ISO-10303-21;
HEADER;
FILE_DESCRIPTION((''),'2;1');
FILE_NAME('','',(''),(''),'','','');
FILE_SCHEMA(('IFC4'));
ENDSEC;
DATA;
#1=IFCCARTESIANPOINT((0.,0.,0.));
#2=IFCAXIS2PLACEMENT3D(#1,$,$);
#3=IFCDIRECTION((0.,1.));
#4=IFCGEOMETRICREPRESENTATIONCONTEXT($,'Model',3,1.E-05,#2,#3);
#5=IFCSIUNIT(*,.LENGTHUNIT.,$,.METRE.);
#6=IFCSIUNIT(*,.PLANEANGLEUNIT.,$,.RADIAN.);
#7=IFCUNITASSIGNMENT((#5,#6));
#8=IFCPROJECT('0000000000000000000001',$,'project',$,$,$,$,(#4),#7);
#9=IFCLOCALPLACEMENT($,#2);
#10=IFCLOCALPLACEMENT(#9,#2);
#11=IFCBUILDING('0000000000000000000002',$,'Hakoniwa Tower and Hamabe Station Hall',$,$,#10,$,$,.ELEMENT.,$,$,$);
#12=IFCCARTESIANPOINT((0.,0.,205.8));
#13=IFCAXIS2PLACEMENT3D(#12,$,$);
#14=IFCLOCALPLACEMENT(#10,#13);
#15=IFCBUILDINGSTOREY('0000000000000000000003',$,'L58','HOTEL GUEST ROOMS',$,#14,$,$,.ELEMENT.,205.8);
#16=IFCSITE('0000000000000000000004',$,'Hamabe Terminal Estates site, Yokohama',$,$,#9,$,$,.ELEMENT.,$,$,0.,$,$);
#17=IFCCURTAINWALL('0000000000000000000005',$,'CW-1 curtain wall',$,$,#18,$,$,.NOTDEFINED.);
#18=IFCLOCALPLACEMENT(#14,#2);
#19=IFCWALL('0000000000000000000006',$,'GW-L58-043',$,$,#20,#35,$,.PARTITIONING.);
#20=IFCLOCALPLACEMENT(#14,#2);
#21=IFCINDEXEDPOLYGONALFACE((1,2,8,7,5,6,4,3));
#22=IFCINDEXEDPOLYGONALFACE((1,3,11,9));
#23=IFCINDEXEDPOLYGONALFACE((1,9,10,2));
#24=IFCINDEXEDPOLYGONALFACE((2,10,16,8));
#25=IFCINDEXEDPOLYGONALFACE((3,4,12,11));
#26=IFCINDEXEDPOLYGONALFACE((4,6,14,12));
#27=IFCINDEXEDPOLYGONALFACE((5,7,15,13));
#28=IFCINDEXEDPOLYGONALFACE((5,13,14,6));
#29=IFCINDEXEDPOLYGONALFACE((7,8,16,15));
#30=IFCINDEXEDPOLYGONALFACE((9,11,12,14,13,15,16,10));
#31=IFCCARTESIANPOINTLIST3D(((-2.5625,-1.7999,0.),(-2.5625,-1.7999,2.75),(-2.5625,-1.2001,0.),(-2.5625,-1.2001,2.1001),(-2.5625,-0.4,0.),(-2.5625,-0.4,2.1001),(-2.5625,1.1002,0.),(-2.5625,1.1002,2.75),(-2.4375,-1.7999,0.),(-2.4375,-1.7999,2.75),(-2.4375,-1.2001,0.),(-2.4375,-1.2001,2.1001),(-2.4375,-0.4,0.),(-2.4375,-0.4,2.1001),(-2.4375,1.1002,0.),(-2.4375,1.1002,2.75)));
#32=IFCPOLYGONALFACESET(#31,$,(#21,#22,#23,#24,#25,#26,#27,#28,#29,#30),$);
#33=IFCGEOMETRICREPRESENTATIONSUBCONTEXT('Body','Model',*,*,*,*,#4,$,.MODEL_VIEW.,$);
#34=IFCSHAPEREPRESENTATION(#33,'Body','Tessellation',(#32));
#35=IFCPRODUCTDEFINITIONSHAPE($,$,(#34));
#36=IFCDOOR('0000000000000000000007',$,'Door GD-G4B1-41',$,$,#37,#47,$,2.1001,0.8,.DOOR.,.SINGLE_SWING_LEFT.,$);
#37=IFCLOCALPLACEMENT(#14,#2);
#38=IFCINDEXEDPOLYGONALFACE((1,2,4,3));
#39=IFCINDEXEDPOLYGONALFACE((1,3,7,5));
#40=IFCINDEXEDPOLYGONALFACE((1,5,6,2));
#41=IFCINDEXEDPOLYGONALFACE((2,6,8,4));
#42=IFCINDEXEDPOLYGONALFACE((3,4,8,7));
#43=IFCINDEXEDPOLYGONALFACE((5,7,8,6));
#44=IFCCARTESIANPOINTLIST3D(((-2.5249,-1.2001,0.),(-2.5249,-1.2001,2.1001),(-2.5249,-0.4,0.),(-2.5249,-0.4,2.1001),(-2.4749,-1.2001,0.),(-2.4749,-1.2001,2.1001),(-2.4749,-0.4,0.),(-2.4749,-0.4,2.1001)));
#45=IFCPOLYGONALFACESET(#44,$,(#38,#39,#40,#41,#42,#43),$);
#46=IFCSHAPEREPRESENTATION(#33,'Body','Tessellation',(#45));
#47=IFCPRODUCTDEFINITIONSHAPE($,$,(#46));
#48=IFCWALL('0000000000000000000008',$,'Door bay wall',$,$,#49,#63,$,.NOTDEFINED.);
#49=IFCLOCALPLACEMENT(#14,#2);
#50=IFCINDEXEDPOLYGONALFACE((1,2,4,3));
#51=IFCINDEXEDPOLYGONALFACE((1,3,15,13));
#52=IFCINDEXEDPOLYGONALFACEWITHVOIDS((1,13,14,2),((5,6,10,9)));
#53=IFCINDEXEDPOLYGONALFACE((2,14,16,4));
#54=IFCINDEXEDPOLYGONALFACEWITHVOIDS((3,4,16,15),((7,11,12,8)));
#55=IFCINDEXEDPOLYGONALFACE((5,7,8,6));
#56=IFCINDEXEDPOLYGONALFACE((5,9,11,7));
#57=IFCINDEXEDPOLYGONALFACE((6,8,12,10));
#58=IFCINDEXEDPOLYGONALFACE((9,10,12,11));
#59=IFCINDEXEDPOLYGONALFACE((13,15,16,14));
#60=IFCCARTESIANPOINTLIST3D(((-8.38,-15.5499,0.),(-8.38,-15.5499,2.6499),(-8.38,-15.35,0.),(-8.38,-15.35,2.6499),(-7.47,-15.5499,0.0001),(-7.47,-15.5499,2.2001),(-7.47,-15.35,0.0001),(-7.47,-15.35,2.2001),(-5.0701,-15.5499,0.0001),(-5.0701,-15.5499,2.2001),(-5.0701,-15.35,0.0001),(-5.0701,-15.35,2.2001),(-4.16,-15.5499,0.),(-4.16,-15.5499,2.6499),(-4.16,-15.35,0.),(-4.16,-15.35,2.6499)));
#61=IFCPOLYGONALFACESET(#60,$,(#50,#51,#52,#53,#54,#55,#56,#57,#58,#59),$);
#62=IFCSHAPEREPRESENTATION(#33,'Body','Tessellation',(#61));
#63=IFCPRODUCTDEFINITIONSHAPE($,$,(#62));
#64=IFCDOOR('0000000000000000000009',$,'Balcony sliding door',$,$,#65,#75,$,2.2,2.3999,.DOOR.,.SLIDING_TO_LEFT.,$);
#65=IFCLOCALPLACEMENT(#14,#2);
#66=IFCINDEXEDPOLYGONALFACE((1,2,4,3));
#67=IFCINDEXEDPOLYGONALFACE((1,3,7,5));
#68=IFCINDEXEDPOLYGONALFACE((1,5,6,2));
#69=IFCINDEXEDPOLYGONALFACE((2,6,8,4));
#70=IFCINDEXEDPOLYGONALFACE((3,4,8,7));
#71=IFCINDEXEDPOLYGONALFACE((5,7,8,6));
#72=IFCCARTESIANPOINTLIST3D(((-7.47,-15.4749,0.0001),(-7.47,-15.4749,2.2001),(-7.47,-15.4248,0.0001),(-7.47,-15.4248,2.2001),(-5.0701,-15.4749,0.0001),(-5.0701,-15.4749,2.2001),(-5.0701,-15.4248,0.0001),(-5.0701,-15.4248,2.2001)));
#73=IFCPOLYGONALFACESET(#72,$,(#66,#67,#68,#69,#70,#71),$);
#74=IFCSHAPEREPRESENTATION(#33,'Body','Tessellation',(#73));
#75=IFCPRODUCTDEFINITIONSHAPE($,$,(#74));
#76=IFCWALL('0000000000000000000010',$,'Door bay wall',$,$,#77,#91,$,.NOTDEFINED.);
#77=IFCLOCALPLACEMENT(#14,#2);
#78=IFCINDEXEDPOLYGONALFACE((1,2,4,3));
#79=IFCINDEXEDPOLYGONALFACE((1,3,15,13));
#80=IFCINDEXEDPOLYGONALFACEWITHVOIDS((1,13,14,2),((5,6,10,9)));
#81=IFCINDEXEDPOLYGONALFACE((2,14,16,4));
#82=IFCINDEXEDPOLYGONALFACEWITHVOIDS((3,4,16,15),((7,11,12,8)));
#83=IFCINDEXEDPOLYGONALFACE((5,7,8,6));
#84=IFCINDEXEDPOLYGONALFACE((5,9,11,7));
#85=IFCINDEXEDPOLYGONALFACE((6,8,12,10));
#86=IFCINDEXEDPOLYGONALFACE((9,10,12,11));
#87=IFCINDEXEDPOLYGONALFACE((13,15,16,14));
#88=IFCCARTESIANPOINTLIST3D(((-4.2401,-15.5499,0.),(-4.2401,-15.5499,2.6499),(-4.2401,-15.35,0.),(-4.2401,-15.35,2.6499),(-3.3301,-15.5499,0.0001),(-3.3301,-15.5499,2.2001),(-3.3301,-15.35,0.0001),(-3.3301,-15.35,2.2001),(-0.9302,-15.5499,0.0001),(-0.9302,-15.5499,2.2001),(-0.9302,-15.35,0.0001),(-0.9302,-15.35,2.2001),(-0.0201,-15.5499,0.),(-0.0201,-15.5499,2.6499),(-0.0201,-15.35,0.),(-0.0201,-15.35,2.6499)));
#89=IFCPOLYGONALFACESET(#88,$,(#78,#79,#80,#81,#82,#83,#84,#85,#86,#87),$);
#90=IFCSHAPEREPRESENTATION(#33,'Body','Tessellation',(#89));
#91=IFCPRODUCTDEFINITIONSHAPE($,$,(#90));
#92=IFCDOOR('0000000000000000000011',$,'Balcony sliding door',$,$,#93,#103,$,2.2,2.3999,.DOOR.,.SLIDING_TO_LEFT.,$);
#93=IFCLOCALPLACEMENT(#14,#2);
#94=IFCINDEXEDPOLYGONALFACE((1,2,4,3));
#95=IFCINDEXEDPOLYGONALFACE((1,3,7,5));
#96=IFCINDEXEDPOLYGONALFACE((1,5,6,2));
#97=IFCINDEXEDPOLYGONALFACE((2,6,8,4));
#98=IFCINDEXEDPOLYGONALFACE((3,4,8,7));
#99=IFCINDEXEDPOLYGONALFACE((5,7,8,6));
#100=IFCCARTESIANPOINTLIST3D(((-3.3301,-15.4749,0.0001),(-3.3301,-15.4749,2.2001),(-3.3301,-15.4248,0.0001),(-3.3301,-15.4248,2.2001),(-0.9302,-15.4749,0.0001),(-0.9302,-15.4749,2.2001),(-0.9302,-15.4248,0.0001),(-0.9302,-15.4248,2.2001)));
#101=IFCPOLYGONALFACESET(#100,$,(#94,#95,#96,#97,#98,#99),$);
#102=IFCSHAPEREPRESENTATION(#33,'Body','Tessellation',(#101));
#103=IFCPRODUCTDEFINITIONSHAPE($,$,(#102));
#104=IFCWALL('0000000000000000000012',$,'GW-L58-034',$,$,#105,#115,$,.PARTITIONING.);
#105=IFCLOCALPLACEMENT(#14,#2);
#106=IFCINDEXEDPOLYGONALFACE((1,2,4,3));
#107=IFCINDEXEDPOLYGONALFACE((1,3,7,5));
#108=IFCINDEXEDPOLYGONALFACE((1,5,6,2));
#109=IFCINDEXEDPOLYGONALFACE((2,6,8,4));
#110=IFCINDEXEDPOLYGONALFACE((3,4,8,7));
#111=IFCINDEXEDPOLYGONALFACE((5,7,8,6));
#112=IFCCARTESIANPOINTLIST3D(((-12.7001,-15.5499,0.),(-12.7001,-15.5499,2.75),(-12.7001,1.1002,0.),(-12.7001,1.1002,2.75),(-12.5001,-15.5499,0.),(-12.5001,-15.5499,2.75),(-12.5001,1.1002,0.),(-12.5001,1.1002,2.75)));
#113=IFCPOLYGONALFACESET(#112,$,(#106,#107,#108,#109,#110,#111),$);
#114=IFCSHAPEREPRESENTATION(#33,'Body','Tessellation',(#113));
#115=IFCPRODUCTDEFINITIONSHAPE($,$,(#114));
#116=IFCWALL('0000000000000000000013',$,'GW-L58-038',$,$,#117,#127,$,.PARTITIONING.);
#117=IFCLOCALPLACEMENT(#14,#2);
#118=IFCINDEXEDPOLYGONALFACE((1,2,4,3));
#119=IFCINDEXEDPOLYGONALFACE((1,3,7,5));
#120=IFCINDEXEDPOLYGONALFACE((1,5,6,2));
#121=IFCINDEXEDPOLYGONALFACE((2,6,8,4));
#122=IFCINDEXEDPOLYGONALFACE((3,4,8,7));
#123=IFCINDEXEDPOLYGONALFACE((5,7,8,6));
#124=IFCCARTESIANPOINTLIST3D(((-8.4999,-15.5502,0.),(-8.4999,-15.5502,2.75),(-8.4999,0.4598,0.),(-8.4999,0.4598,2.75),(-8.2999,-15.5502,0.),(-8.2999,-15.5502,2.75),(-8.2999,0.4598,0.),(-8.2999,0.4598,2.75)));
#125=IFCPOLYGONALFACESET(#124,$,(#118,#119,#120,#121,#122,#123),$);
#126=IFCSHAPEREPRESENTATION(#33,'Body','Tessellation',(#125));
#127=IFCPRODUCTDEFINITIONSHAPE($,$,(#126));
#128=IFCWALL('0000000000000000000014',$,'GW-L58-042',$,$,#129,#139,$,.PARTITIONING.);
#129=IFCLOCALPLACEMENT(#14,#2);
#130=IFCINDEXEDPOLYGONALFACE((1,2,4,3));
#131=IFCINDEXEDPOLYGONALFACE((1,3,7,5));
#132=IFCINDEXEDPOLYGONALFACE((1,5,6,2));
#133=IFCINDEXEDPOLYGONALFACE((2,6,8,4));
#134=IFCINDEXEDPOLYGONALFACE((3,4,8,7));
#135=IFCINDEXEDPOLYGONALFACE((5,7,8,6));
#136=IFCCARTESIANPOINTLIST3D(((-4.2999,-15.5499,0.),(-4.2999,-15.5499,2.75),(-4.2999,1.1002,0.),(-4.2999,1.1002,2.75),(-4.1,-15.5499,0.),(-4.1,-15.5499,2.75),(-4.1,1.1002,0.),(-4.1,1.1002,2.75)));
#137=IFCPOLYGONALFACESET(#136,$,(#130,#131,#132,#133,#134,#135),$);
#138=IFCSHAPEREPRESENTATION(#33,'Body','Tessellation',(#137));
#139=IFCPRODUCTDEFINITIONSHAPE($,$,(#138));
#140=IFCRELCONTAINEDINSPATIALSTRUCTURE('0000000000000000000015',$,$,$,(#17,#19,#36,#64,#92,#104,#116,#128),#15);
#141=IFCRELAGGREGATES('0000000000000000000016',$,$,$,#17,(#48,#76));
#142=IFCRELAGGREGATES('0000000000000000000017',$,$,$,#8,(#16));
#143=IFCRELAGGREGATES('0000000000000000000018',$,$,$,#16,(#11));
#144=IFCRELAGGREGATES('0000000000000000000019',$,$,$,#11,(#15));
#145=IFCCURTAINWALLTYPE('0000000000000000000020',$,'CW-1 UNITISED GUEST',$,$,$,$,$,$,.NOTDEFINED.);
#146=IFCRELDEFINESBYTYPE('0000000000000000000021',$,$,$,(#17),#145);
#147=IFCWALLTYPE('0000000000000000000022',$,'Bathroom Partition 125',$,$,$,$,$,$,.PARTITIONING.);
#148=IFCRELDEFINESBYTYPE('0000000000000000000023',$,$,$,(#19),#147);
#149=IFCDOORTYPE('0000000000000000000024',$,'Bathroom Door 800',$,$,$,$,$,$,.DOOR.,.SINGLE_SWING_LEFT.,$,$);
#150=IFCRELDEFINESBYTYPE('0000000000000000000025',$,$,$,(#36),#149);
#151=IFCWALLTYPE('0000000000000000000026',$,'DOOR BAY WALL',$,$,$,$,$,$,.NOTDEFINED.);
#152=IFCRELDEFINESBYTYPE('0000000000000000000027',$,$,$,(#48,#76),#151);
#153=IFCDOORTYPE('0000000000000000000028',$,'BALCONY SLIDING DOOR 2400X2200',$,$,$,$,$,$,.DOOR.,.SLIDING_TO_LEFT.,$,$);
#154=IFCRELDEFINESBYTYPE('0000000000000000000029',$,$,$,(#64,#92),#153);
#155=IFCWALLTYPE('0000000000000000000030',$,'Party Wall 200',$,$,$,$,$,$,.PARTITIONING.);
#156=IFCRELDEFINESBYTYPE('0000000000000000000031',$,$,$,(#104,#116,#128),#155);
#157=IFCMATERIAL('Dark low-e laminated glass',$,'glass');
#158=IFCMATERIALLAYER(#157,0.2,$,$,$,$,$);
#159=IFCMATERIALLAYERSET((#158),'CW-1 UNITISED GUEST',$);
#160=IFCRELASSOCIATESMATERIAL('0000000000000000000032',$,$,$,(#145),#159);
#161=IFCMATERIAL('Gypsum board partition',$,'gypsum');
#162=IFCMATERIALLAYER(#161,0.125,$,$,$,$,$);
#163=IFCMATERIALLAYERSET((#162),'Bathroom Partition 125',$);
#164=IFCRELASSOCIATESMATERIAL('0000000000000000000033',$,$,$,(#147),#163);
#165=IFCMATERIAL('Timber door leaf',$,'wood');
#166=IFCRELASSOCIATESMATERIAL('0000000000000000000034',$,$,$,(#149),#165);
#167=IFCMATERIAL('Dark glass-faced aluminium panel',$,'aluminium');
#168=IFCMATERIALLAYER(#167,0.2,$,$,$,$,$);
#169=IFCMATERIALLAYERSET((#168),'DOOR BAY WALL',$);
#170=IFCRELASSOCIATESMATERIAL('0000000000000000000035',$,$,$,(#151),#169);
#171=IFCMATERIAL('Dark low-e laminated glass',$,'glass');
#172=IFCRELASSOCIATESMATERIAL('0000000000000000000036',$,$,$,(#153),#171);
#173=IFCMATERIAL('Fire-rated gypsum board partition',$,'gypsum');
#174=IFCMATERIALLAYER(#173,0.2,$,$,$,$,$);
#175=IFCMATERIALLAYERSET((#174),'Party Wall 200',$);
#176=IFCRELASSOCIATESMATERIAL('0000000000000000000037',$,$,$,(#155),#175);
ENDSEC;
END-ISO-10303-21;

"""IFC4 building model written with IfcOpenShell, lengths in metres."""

from ifc_helpers import new_model, si_unit, direction, frame, frame_2d, origin, place, context, subcontext, project, spatial, rectangle, extrude, material, layer, layer_set, type_object, element, fill, aggregate, save


model = new_model("IFC4")

# Units and contexts
model_context = context("Model", 3, precision=1e-05, world=origin(), true_north=direction((0.0, 1.0)))
body_context = subcontext(model_context, "Body", "Model", "MODEL_VIEW")
ifc_project = project(units=[si_unit("LENGTHUNIT", "METRE"), si_unit("PLANEANGLEUNIT", "RADIAN")], contexts=[model_context])

# Site, building, storey
site_placement = place(None, origin())
site = spatial("IfcSite", under=ifc_project, at=site_placement, Name="Hamabe Terminal Estates site, Yokohama", CompositionType="ELEMENT", RefElevation=0.0)
building_placement = place(site_placement, origin())
building = spatial("IfcBuilding", under=site, at=building_placement, Name="Hakoniwa Tower and Hamabe Station Hall", CompositionType="ELEMENT")
storey_placement = place(building_placement, frame((0.0, 0.0, 205.8)))
storey = spatial("IfcBuildingStorey", under=building, at=storey_placement, Name="L58", Description="HOTEL GUEST ROOMS", CompositionType="ELEMENT", Elevation=205.8)

# Curtain wall
ifc_material_1 = material(Name="Dark low-e laminated glass", Category="glass")
ifc_layer_1 = layer(ifc_material_1, 0.2)
ifc_layer_set_1 = layer_set([ifc_layer_1], Name="CW-1 UNITISED GUEST")
curtain_wall_type = type_object("IfcCurtainWallType", Name="CW-1 UNITISED GUEST", PredefinedType="NOTDEFINED", material=ifc_layer_set_1)
curtain_wall_placement = place(storey_placement, origin())
curtain_wall = element("IfcCurtainWall", 1, at=curtain_wall_placement, inside=storey, type_object=curtain_wall_type, Name="CW-1 curtain wall", PredefinedType="NOTDEFINED")

# Shared definitions
ifc_material_2 = material(Name="Gypsum board partition", Category="gypsum")
ifc_layer_2 = layer(ifc_material_2, 0.125)
ifc_layer_set_2 = layer_set([ifc_layer_2], Name="Bathroom Partition 125")
wall_type_1 = type_object("IfcWallType", Name="Bathroom Partition 125", PredefinedType="PARTITIONING", material=ifc_layer_set_2)

# Walls, openings, doors
ifc_material_3 = material(Name="Timber door leaf", Category="wood")
door_type_1 = type_object("IfcDoorType", Name="Bathroom Door 800", OperationType="SINGLE_SWING_LEFT", PredefinedType="DOOR", material=ifc_material_3)
wall_1_placement = place(storey_placement, frame((-2.5, -1.8, 0.0), z_axis=(0.0, 0.0, 1.0), x_axis=(0.0, 1.0, 0.0)))
wall_1 = element("IfcWall", 2, at=wall_1_placement, inside=storey, type_object=wall_type_1, Name="GW-L58-043", PredefinedType="PARTITIONING", context=body_context, shape_type="SweptSolid", body=[
    extrude(rectangle(XDim=2.9001, YDim=0.125, at=frame_2d((1.4502, 0.0))), origin(), (0.0, 0.0, 1.0), 2.75),
])
opening_1_placement = place(wall_1_placement, frame((0.6001, 0.0, 0.0)))
opening_1 = element("IfcOpeningElement", 3, at=opening_1_placement, cuts=wall_1, PredefinedType="OPENING", context=body_context, shape_type="SweptSolid", body=[
    extrude(rectangle(XDim=0.8, YDim=2.1001, at=frame_2d((0.3999, 1.05))), frame((0.0, 0.0725, 0.0), z_axis=(0.0, -1.0, 0.0), x_axis=(1.0, 0.0, 0.0)), (0.0, 0.0, 1.0), 0.145),
])
door_1_placement = place(opening_1_placement, origin())
door_1 = element("IfcDoor", 4, at=door_1_placement, inside=storey, type_object=door_type_1, Name="Door GD-G4B1-41", OperationType="SINGLE_SWING_LEFT", OverallHeight=2.1001, OverallWidth=0.8, PredefinedType="DOOR", context=body_context, shape_type="SweptSolid", body=[
    extrude(rectangle(XDim=0.8, YDim=2.1001, at=frame_2d((0.3999, 1.05))), frame((0.0, 0.0249, 0.0), z_axis=(0.0, -1.0, 0.0), x_axis=(1.0, 0.0, 0.0)), (0.0, 0.0, 1.0), 0.05),
])
fill(opening_1, door_1)
ifc_material_4 = material(Name="Dark glass-faced aluminium panel", Category="aluminium")
ifc_layer_3 = layer(ifc_material_4, 0.2)
ifc_layer_set_3 = layer_set([ifc_layer_3], Name="DOOR BAY WALL")
wall_type_2 = type_object("IfcWallType", Name="DOOR BAY WALL", PredefinedType="NOTDEFINED", material=ifc_layer_set_3)
wall_2_placement = place(storey_placement, frame((-8.3799, -15.45, 0.0), z_axis=(0.0, 0.0, 1.0), x_axis=(1.0, 0.0, 0.0)))
wall_2 = element("IfcWall", 5, at=wall_2_placement, type_object=wall_type_2, Name="Door bay wall", PredefinedType="NOTDEFINED", context=body_context, shape_type="SweptSolid", body=[
    extrude(rectangle(XDim=4.22, YDim=0.2, at=frame_2d((2.1099, 0.0))), origin(), (0.0, 0.0, 1.0), 2.6499),
])
opening_2_placement = place(wall_2_placement, frame((0.9099, 0.0, 0.0)))
opening_2 = element("IfcOpeningElement", 6, at=opening_2_placement, cuts=wall_2, PredefinedType="OPENING", context=body_context, shape_type="SweptSolid", body=[
    extrude(rectangle(XDim=2.3999, YDim=2.2, at=frame_2d((1.2, 1.1001))), frame((0.0, 0.1099, 0.0), z_axis=(0.0, -1.0, 0.0), x_axis=(1.0, 0.0, 0.0)), (0.0, 0.0, 1.0), 0.22),
])
ifc_material_5 = material(Name="Dark low-e laminated glass", Category="glass")
door_type_2 = type_object("IfcDoorType", Name="BALCONY SLIDING DOOR 2400X2200", OperationType="SLIDING_TO_LEFT", PredefinedType="DOOR", material=ifc_material_5)
door_2_placement = place(opening_2_placement, frame((2.3999, 0.0, 0.0), z_axis=(0.0, 0.0, 1.0), x_axis=(-1.0, 0.0, 0.0)))
door_2 = element("IfcDoor", 7, at=door_2_placement, inside=storey, type_object=door_type_2, Name="Balcony sliding door", OperationType="SLIDING_TO_LEFT", OverallHeight=2.2, OverallWidth=2.3999, PredefinedType="DOOR", context=body_context, shape_type="SweptSolid", body=[
    extrude(rectangle(XDim=2.3999, YDim=2.2, at=frame_2d((1.2, 1.1001))), frame((0.0, 0.0249, 0.0), z_axis=(0.0, -1.0, 0.0), x_axis=(1.0, 0.0, 0.0)), (0.0, 0.0, 1.0), 0.05),
])
fill(opening_2, door_2)
wall_3_placement = place(storey_placement, frame((-4.24, -15.45, 0.0), z_axis=(0.0, 0.0, 1.0), x_axis=(1.0, 0.0, 0.0)))
wall_3 = element("IfcWall", 8, at=wall_3_placement, type_object=wall_type_2, Name="Door bay wall", PredefinedType="NOTDEFINED", context=body_context, shape_type="SweptSolid", body=[
    extrude(rectangle(XDim=4.22, YDim=0.2, at=frame_2d((2.1099, 0.0))), origin(), (0.0, 0.0, 1.0), 2.6499),
])
opening_3_placement = place(wall_3_placement, frame((0.9099, 0.0, 0.0)))
opening_3 = element("IfcOpeningElement", 9, at=opening_3_placement, cuts=wall_3, PredefinedType="OPENING", context=body_context, shape_type="SweptSolid", body=[
    extrude(rectangle(XDim=2.3999, YDim=2.2, at=frame_2d((1.2, 1.1001))), frame((0.0, 0.1099, 0.0), z_axis=(0.0, -1.0, 0.0), x_axis=(1.0, 0.0, 0.0)), (0.0, 0.0, 1.0), 0.22),
])
door_3_placement = place(opening_3_placement, frame((2.3999, 0.0, 0.0), z_axis=(0.0, 0.0, 1.0), x_axis=(-1.0, 0.0, 0.0)))
door_3 = element("IfcDoor", 10, at=door_3_placement, inside=storey, type_object=door_type_2, Name="Balcony sliding door", OperationType="SLIDING_TO_LEFT", OverallHeight=2.2, OverallWidth=2.3999, PredefinedType="DOOR", context=body_context, shape_type="SweptSolid", body=[
    extrude(rectangle(XDim=2.3999, YDim=2.2, at=frame_2d((1.2, 1.1001))), frame((0.0, 0.0249, 0.0), z_axis=(0.0, -1.0, 0.0), x_axis=(1.0, 0.0, 0.0)), (0.0, 0.0, 1.0), 0.05),
])
fill(opening_3, door_3)
aggregate(curtain_wall, [wall_2, wall_3])

# Walls
ifc_material_6 = material(Name="Fire-rated gypsum board partition", Category="gypsum")
ifc_layer_4 = layer(ifc_material_6, 0.2)
ifc_layer_set_4 = layer_set([ifc_layer_4], Name="Party Wall 200")
wall_type_3 = type_object("IfcWallType", Name="Party Wall 200", PredefinedType="PARTITIONING", material=ifc_layer_set_4)
wall_4_placement = place(storey_placement, frame((-12.6001, -15.55, 0.0), z_axis=(0.0, 0.0, 1.0), x_axis=(0.0, 1.0, 0.0)))
element("IfcWall", 11, at=wall_4_placement, inside=storey, type_object=wall_type_3, Name="GW-L58-034", PredefinedType="PARTITIONING", context=body_context, shape_type="SweptSolid", body=[
    extrude(rectangle(XDim=16.6501, YDim=0.2, at=frame_2d((8.3252, 0.0))), origin(), (0.0, 0.0, 1.0), 2.75),
])
wall_5_placement = place(storey_placement, frame((-8.3999, -15.55, 0.0), z_axis=(0.0, 0.0, 1.0), x_axis=(0.0, 1.0, 0.0)))
element("IfcWall", 12, at=wall_5_placement, inside=storey, type_object=wall_type_3, Name="GW-L58-038", PredefinedType="PARTITIONING", context=body_context, shape_type="SweptSolid", body=[
    extrude(rectangle(XDim=16.01, YDim=0.2, at=frame_2d((8.0049, 0.0))), origin(), (0.0, 0.0, 1.0), 2.75),
])
wall_6_placement = place(storey_placement, frame((-4.2, -15.55, 0.0), z_axis=(0.0, 0.0, 1.0), x_axis=(0.0, 1.0, 0.0)))
element("IfcWall", 13, at=wall_6_placement, inside=storey, type_object=wall_type_3, Name="GW-L58-042", PredefinedType="PARTITIONING", context=body_context, shape_type="SweptSolid", body=[
    extrude(rectangle(XDim=16.6501, YDim=0.2, at=frame_2d((8.3252, 0.0))), origin(), (0.0, 0.0, 1.0), 2.75),
])

save(model, "model.ifc")
